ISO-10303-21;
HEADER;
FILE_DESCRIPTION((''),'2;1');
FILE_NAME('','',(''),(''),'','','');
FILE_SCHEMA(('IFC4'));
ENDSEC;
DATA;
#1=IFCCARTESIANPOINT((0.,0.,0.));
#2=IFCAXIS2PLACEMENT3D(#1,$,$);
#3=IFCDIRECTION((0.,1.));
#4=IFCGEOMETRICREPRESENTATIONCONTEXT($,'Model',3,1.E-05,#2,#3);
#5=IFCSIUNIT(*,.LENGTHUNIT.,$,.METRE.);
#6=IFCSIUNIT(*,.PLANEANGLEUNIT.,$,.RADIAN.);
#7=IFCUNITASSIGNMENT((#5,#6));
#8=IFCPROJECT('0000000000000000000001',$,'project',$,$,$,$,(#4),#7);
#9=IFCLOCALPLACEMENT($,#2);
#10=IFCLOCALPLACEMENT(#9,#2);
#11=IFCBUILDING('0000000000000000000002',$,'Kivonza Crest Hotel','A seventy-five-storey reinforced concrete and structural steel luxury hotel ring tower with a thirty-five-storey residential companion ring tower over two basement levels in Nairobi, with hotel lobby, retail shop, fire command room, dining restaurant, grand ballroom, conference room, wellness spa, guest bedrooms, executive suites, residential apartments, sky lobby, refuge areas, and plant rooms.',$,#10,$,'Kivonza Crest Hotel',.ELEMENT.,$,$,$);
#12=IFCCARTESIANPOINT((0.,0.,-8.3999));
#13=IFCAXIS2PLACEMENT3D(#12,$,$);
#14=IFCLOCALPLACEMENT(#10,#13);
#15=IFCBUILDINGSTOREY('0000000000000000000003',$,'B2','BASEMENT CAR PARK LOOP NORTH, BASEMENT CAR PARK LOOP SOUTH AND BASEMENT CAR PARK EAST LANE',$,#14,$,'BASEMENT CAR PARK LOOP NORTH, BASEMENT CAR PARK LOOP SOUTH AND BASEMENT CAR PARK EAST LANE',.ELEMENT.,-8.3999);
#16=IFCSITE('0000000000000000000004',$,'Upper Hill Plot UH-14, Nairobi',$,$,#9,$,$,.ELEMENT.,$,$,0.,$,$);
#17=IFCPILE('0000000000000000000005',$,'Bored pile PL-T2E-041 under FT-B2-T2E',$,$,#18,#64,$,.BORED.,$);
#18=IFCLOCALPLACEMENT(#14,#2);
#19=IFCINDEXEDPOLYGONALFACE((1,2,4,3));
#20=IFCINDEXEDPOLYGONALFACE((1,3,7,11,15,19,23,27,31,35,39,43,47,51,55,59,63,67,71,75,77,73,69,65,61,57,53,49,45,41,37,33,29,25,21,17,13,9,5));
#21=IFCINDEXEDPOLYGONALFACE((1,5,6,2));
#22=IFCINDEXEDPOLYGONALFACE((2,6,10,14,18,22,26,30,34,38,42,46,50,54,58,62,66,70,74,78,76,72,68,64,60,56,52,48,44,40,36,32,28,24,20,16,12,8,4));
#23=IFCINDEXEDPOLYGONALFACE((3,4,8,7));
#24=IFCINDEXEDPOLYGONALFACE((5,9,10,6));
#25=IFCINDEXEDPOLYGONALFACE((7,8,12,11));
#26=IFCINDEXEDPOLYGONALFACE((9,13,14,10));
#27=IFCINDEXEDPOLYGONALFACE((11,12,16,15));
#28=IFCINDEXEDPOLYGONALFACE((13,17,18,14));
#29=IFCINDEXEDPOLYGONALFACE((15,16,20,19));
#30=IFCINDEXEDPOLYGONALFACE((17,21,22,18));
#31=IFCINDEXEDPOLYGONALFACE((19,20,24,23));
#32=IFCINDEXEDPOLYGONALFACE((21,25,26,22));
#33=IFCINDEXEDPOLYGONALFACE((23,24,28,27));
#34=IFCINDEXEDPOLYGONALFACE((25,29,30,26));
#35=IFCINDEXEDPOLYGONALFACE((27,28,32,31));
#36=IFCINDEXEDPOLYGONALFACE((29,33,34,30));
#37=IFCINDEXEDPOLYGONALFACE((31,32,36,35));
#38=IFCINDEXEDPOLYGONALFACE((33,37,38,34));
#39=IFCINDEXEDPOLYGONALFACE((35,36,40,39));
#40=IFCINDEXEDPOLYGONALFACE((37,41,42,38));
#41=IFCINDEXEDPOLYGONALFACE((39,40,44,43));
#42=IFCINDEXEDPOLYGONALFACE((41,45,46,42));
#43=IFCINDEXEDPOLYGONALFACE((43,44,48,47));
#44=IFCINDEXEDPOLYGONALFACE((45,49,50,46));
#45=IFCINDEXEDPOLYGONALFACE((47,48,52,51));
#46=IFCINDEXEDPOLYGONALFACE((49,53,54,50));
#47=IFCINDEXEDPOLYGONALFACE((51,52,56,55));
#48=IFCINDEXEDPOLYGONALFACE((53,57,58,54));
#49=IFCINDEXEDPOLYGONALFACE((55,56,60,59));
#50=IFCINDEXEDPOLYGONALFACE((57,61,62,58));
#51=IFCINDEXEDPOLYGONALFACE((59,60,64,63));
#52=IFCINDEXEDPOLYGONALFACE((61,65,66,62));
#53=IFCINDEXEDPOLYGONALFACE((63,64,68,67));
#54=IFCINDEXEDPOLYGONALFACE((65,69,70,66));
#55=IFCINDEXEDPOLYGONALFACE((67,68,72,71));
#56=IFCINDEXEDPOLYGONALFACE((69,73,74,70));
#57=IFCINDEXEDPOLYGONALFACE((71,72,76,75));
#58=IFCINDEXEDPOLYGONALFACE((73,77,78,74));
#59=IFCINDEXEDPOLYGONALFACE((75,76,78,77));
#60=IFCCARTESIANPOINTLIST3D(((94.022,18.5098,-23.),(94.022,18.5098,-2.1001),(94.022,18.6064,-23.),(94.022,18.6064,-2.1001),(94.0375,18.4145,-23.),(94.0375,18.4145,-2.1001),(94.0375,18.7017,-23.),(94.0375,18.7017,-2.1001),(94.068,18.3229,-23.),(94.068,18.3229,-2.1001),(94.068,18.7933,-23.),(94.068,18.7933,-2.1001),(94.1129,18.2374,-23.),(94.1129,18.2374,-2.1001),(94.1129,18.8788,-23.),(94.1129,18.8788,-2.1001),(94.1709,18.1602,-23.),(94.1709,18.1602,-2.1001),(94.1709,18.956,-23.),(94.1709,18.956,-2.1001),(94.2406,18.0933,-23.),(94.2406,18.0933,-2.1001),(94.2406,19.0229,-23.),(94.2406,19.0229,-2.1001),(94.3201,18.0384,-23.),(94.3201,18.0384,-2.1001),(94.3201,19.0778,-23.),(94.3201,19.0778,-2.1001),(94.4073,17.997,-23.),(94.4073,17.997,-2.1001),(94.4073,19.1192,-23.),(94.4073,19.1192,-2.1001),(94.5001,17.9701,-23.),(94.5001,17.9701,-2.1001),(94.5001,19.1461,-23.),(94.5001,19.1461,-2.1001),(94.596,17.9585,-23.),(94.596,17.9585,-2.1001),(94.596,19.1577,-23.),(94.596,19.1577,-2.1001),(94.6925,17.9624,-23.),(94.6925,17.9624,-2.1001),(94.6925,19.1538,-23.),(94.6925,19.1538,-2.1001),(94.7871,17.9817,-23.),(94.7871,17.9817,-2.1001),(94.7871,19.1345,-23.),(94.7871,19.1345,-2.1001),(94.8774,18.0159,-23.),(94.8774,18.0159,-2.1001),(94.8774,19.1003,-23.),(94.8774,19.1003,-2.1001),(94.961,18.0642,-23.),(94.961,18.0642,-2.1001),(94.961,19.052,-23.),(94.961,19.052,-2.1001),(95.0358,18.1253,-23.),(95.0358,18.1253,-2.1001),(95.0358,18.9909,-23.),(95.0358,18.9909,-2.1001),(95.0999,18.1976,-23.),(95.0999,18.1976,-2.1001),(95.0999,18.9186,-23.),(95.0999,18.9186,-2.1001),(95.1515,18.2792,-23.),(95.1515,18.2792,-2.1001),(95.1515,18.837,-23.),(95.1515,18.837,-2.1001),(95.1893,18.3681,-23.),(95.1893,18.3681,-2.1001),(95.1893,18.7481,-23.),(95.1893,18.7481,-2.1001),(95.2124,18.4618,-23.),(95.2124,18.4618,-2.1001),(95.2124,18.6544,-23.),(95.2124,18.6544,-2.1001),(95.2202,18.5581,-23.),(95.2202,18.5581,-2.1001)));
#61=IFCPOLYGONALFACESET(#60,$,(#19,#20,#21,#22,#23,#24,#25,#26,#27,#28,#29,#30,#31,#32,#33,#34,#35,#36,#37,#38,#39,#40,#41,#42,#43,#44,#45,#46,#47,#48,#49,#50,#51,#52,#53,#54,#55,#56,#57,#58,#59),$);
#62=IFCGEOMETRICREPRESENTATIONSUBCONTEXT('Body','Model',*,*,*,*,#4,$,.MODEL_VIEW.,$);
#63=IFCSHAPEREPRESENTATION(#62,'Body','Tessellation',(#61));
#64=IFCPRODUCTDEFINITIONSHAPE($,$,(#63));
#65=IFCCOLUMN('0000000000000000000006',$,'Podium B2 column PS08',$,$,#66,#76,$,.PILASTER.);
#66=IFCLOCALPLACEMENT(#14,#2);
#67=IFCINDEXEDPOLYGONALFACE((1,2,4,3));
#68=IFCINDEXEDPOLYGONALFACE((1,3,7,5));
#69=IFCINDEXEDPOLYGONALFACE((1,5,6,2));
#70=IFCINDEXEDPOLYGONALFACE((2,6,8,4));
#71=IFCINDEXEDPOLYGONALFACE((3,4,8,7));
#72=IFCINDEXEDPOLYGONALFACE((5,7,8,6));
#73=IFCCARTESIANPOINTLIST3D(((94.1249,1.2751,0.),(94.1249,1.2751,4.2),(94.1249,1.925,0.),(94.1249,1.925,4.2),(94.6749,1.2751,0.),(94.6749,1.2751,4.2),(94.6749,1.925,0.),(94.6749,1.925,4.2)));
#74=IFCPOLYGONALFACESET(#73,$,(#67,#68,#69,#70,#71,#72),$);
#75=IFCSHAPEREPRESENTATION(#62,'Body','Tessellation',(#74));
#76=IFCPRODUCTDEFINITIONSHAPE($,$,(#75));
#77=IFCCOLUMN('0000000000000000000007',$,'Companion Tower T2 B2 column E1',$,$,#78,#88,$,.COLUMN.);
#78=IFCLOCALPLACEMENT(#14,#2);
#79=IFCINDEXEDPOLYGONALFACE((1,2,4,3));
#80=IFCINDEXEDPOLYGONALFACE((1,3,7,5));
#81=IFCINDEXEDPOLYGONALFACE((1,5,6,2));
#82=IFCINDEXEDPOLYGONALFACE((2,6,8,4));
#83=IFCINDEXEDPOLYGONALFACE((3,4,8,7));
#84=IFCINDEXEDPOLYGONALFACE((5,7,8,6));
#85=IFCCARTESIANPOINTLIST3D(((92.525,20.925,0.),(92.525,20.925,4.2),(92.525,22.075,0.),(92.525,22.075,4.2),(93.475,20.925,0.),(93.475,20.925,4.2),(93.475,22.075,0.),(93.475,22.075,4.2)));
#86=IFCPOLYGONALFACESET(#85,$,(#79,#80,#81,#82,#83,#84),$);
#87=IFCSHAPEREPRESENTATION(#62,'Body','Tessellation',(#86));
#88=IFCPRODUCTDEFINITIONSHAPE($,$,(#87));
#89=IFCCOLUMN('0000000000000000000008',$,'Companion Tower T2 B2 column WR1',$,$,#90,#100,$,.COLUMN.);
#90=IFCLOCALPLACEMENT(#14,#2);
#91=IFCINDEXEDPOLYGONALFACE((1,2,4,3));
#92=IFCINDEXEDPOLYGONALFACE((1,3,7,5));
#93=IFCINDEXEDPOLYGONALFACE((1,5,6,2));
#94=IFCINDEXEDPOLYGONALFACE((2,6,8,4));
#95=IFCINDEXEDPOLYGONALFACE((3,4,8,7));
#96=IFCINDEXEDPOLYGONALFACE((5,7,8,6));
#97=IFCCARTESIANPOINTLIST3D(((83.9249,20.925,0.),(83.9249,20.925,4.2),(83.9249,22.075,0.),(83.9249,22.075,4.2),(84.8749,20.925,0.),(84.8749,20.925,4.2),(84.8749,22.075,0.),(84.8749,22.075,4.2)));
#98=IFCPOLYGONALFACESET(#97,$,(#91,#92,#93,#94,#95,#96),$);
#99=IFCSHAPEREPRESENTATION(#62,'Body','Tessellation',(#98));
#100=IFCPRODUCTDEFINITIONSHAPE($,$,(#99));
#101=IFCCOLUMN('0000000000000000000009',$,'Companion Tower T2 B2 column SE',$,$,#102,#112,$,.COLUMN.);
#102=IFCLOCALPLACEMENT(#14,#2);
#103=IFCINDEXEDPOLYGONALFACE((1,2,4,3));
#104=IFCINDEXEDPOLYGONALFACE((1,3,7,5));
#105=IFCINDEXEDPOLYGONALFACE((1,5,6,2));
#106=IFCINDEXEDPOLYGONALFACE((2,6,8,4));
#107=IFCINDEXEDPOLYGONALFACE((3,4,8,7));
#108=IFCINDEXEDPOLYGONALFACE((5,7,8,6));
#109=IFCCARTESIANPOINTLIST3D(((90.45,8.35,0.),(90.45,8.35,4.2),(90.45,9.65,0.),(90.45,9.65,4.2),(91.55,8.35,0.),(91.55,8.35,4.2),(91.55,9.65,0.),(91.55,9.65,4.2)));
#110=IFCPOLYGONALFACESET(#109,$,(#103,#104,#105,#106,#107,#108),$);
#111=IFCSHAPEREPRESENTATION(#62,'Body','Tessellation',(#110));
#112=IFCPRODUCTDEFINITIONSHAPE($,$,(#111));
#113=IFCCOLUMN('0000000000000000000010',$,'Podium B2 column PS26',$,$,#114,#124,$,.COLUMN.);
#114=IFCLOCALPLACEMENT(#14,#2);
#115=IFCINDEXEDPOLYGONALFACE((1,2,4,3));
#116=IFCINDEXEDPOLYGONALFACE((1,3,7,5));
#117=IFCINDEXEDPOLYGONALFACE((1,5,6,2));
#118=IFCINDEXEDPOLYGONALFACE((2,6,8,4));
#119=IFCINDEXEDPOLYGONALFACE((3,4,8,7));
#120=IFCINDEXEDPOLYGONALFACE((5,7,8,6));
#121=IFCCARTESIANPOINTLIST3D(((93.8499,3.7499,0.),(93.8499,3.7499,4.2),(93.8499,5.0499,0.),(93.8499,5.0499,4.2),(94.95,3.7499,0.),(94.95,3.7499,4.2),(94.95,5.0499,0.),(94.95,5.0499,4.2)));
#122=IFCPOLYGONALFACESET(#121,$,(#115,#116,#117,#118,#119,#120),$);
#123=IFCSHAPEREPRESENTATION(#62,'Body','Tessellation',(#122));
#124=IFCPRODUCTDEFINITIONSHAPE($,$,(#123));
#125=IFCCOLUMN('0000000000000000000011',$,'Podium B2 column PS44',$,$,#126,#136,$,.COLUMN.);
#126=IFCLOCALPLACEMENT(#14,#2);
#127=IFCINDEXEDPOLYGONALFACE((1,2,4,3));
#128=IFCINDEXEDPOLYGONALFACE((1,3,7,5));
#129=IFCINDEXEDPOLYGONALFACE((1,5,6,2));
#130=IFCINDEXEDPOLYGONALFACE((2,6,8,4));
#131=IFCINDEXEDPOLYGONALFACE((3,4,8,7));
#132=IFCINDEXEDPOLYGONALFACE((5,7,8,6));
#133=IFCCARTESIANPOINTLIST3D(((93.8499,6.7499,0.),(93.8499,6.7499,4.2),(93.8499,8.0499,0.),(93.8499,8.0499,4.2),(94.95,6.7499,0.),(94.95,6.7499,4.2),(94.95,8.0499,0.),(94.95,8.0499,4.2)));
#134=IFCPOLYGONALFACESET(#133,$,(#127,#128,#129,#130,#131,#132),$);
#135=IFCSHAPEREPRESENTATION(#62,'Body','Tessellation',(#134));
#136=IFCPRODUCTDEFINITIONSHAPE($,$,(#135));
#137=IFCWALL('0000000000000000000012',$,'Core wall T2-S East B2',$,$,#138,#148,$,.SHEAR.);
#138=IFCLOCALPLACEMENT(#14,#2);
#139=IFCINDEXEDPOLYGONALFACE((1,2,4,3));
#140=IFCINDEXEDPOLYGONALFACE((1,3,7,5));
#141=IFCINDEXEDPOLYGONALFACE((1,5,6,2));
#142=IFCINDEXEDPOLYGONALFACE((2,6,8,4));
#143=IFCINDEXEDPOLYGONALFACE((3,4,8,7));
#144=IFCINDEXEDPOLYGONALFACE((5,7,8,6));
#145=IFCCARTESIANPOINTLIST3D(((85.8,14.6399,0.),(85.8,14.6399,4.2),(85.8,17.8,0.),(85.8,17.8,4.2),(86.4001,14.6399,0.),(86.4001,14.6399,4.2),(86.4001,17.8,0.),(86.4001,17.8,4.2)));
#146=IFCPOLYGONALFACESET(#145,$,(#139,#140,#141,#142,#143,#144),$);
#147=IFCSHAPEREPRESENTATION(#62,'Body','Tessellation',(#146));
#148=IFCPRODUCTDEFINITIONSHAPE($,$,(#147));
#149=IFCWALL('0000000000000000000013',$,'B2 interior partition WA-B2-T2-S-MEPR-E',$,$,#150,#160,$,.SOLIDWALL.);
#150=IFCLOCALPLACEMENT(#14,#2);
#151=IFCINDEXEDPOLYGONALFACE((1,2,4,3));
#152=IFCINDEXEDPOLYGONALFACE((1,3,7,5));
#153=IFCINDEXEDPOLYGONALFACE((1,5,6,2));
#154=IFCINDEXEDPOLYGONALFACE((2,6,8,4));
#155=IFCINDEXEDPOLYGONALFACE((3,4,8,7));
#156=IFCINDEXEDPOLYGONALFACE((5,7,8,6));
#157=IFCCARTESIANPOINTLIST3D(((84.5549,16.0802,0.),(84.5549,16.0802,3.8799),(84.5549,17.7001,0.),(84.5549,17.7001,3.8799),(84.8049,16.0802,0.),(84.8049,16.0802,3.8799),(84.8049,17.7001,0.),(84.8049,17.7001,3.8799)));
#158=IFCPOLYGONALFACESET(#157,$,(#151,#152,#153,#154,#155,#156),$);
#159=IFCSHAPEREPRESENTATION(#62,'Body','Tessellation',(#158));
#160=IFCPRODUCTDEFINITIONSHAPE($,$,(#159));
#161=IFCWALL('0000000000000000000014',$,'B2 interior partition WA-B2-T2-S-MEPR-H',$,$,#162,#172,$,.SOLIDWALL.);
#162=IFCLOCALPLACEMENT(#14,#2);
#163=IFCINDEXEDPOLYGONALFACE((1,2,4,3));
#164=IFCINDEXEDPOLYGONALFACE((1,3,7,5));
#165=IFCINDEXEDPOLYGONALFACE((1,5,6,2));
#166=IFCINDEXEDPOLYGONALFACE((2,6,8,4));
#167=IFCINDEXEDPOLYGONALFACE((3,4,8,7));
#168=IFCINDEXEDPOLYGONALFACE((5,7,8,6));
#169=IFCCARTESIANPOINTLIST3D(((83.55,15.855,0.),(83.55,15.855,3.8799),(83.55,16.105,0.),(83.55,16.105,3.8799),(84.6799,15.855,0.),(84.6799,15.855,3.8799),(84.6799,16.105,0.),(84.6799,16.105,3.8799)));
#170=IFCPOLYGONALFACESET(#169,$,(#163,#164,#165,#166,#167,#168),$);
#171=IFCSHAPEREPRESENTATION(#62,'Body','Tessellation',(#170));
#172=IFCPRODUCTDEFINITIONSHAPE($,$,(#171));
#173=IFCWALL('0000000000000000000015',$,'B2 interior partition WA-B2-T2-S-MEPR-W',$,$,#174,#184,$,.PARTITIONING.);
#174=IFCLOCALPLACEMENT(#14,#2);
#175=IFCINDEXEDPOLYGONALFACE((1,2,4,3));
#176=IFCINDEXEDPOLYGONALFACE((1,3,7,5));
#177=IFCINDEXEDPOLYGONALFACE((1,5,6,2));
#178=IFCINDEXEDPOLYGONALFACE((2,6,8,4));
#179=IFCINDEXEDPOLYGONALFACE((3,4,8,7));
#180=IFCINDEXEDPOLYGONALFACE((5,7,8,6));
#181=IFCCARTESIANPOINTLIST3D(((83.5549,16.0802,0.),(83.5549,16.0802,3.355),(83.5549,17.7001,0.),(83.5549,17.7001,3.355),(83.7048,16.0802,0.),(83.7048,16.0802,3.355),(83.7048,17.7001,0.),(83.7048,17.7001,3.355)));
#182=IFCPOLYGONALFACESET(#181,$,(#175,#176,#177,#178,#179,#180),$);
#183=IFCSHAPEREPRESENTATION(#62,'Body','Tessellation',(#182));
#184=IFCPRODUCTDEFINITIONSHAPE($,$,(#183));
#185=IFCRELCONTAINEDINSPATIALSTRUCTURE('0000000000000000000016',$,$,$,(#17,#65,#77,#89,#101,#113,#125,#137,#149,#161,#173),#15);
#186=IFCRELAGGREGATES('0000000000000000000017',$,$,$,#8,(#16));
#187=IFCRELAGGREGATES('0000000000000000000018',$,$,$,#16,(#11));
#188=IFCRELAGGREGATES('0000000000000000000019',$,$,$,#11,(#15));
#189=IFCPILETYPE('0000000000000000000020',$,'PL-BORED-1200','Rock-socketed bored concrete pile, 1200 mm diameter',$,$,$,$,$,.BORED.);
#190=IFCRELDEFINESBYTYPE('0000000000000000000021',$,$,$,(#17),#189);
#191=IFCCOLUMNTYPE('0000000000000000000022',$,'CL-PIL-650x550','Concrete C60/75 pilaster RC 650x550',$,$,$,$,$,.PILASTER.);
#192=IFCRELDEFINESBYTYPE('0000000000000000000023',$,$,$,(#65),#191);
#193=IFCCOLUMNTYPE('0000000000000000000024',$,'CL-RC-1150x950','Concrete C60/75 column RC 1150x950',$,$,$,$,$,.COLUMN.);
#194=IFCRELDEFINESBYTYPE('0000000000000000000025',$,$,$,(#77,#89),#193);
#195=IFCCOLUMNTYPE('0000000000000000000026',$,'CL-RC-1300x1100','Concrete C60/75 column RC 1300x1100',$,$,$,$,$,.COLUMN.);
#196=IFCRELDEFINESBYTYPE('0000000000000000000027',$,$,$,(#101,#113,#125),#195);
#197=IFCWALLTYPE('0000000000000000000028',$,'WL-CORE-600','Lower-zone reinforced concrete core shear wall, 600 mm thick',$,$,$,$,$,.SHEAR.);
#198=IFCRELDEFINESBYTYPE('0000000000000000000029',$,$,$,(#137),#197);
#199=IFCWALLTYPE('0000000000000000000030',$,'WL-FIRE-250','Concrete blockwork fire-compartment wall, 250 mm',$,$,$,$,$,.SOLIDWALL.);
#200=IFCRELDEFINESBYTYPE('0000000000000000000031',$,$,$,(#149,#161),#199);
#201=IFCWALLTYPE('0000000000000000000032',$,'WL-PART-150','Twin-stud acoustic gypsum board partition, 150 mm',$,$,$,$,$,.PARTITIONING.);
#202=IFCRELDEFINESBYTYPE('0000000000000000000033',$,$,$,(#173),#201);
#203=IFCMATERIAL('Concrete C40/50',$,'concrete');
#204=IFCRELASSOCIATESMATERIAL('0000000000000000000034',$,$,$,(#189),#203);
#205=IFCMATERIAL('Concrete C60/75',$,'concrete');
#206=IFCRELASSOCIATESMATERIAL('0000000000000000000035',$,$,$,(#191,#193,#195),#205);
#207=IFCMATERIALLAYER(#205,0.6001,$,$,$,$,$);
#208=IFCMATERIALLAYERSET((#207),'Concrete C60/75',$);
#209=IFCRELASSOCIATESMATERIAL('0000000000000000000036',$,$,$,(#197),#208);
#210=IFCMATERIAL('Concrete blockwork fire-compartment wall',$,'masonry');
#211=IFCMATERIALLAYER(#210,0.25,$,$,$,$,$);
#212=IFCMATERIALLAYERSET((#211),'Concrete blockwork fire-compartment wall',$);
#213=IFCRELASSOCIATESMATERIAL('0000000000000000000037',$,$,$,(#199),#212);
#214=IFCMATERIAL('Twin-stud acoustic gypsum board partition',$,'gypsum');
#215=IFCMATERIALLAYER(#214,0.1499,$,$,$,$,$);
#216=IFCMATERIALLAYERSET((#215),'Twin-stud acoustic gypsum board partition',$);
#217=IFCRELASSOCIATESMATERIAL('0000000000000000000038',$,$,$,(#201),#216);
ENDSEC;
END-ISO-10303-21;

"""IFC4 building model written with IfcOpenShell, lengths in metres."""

from ifc_helpers import new_model, si_unit, direction, frame, frame_2d, origin, origin_2d, place, context, subcontext, project, spatial, rectangle, circle, extrude, material, layer, layer_set, material_profile, profile_set, type_object, element, save


model = new_model("IFC4")

# Units and contexts
model_context = context("Model", 3, precision=1e-05, world=origin(), true_north=direction((0.0, 1.0)))
body_context = subcontext(model_context, "Body", "Model", "MODEL_VIEW")
ifc_project = project(units=[si_unit("LENGTHUNIT", "METRE"), si_unit("PLANEANGLEUNIT", "RADIAN")], contexts=[model_context])

# Site, building, storey
site_placement = place(None, origin())
site = spatial("IfcSite", under=ifc_project, at=site_placement, Name="Upper Hill Plot UH-14, Nairobi", CompositionType="ELEMENT", RefElevation=0.0)
building_placement = place(site_placement, origin())
building = spatial("IfcBuilding", under=site, at=building_placement, Name="Kivonza Crest Hotel", Description="A seventy-five-storey reinforced concrete and structural steel luxury hotel ring tower with a thirty-five-storey residential companion ring tower over two basement levels in Nairobi, with hotel lobby, retail shop, fire command room, dining restaurant, grand ballroom, conference room, wellness spa, guest bedrooms, executive suites, residential apartments, sky lobby, refuge areas, and plant rooms.", LongName="Kivonza Crest Hotel", CompositionType="ELEMENT")
storey_placement = place(building_placement, frame((0.0, 0.0, -8.3999)))
storey = spatial("IfcBuildingStorey", under=building, at=storey_placement, Name="B2", Description="BASEMENT CAR PARK LOOP NORTH, BASEMENT CAR PARK LOOP SOUTH AND BASEMENT CAR PARK EAST LANE", LongName="BASEMENT CAR PARK LOOP NORTH, BASEMENT CAR PARK LOOP SOUTH AND BASEMENT CAR PARK EAST LANE", CompositionType="ELEMENT", Elevation=-8.3999)

# Pile
ifc_material_1 = material(Name="Concrete C40/50", Category="concrete")
ifc_material_profile_1 = material_profile(ifc_material_1, circle(Radius=0.6001, at=origin_2d()), Name="PILE D1200")
ifc_profile_set_1 = profile_set([ifc_material_profile_1], Name="Concrete C40/50")
pile_type = type_object("IfcPileType", Name="PL-BORED-1200", Description="Rock-socketed bored concrete pile, 1200 mm diameter", PredefinedType="BORED", material=ifc_profile_set_1)
for number, where, z_axis, x_axis, name in (
    (1, (94.6201, 18.5581, -2.1001), (0.0, 0.0, -1.0), (1.0, 0.0, 0.0), "Bored pile PL-T2E-041 under FT-B2-T2E"),
):
    element("IfcPile", number, at=place(storey_placement, frame(where, z_axis=z_axis, x_axis=x_axis)), inside=storey, type_object=pile_type, Name=name, PredefinedType="BORED", context=body_context, shape_type="SweptSolid", body=[
        extrude(circle(Radius=0.6001, at=origin_2d()), origin(), (0.0, 0.0, 1.0), 20.8999),
    ])

# Columns
ifc_material_2 = material(Name="Concrete C60/75", Category="concrete")
ifc_material_profile_2 = material_profile(ifc_material_2, rectangle(XDim=0.55, YDim=0.6499, at=origin_2d()), Name="RC 650x550")
ifc_profile_set_2 = profile_set([ifc_material_profile_2], Name="Concrete C60/75")
column_type_1 = type_object("IfcColumnType", Name="CL-PIL-650x550", Description="Concrete C60/75 pilaster RC 650x550", PredefinedType="PILASTER", material=ifc_profile_set_2)
column_placement = place(storey_placement, frame((94.3999, 1.6001, 0.0), z_axis=(0.0, 0.0, 1.0), x_axis=(1.0, 0.0, 0.0)))
element("IfcColumn", 2, at=column_placement, inside=storey, type_object=column_type_1, Name="Podium B2 column PS08", PredefinedType="PILASTER", context=body_context, shape_type="SweptSolid", body=[
    extrude(rectangle(XDim=0.55, YDim=0.6499, at=origin_2d()), origin(), (0.0, 0.0, 1.0), 4.2),
])
ifc_material_profile_3 = material_profile(ifc_material_2, rectangle(XDim=0.95, YDim=1.1499, at=origin_2d()), Name="RC 1150x950")
ifc_profile_set_3 = profile_set([ifc_material_profile_3], Name="Concrete C60/75")
column_type_2 = type_object("IfcColumnType", Name="CL-RC-1150x950", Description="Concrete C60/75 column RC 1150x950", PredefinedType="COLUMN", material=ifc_profile_set_3)
for number, where, z_axis, x_axis, name in (
    (3, (93.0, 21.5, 0.0), (0.0, 0.0, 1.0), (1.0, 0.0, 0.0), "Companion Tower T2 B2 column E1"),
    (4, (84.3999, 21.5, 0.0), (0.0, 0.0, 1.0), (1.0, 0.0, 0.0), "Companion Tower T2 B2 column WR1"),
):
    element("IfcColumn", number, at=place(storey_placement, frame(where, z_axis=z_axis, x_axis=x_axis)), inside=storey, type_object=column_type_2, Name=name, PredefinedType="COLUMN", context=body_context, shape_type="SweptSolid", body=[
        extrude(rectangle(XDim=0.95, YDim=1.1499, at=origin_2d()), origin(), (0.0, 0.0, 1.0), 4.2),
    ])
ifc_material_profile_4 = material_profile(ifc_material_2, rectangle(XDim=1.1001, YDim=1.3, at=origin_2d()), Name="RC 1300x1100")
ifc_profile_set_4 = profile_set([ifc_material_profile_4], Name="Concrete C60/75")
column_type_3 = type_object("IfcColumnType", Name="CL-RC-1300x1100", Description="Concrete C60/75 column RC 1300x1100", PredefinedType="COLUMN", material=ifc_profile_set_4)
for number, where, z_axis, x_axis, name in (
    (5, (91.0, 9.0, 0.0), (0.0, 0.0, 1.0), (1.0, 0.0, 0.0), "Companion Tower T2 B2 column SE"),
    (6, (94.3999, 4.3999, 0.0), (0.0, 0.0, 1.0), (1.0, 0.0, 0.0), "Podium B2 column PS26"),
    (7, (94.3999, 7.3999, 0.0), (0.0, 0.0, 1.0), (1.0, 0.0, 0.0), "Podium B2 column PS44"),
):
    element("IfcColumn", number, at=place(storey_placement, frame(where, z_axis=z_axis, x_axis=x_axis)), inside=storey, type_object=column_type_3, Name=name, PredefinedType="COLUMN", context=body_context, shape_type="SweptSolid", body=[
        extrude(rectangle(XDim=1.1001, YDim=1.3, at=origin_2d()), origin(), (0.0, 0.0, 1.0), 4.2),
    ])

# Walls
ifc_layer_1 = layer(ifc_material_2, 0.6001)
ifc_layer_set_1 = layer_set([ifc_layer_1], Name="Concrete C60/75")
wall_type_1 = type_object("IfcWallType", Name="WL-CORE-600", Description="Lower-zone reinforced concrete core shear wall, 600 mm thick", PredefinedType="SHEAR", material=ifc_layer_set_1)
wall_1_placement = place(storey_placement, frame((86.1001, 14.6399, 0.0), z_axis=(0.0, 0.0, 1.0), x_axis=(0.0, 1.0, 0.0)))
element("IfcWall", 8, at=wall_1_placement, inside=storey, type_object=wall_type_1, Name="Core wall T2-S East B2", PredefinedType="SHEAR", context=body_context, shape_type="SweptSolid", body=[
    extrude(rectangle(XDim=3.1602, YDim=0.6001, at=frame_2d((1.5801, 0.0))), origin(), (0.0, 0.0, 1.0), 4.2),
])
ifc_material_3 = material(Name="Concrete blockwork fire-compartment wall", Category="masonry")
ifc_layer_2 = layer(ifc_material_3, 0.25)
ifc_layer_set_2 = layer_set([ifc_layer_2], Name="Concrete blockwork fire-compartment wall")
wall_type_2 = type_object("IfcWallType", Name="WL-FIRE-250", Description="Concrete blockwork fire-compartment wall, 250 mm", PredefinedType="SOLIDWALL", material=ifc_layer_set_2)
wall_2_placement = place(storey_placement, frame((84.6799, 16.0801, 0.0), z_axis=(0.0, 0.0, 1.0), x_axis=(0.0, 1.0, 0.0)))
element("IfcWall", 9, at=wall_2_placement, inside=storey, type_object=wall_type_2, Name="B2 interior partition WA-B2-T2-S-MEPR-E", PredefinedType="SOLIDWALL", context=body_context, shape_type="SweptSolid", body=[
    extrude(rectangle(XDim=1.6199, YDim=0.25, at=frame_2d((0.8101, 0.0))), origin(), (0.0, 0.0, 1.0), 3.8799),
])
wall_3_placement = place(storey_placement, frame((83.55, 15.98, 0.0), z_axis=(0.0, 0.0, 1.0), x_axis=(1.0, 0.0, 0.0)))
element("IfcWall", 10, at=wall_3_placement, inside=storey, type_object=wall_type_2, Name="B2 interior partition WA-B2-T2-S-MEPR-H", PredefinedType="SOLIDWALL", context=body_context, shape_type="SweptSolid", body=[
    extrude(rectangle(XDim=1.1299, YDim=0.25, at=frame_2d((0.5649, 0.0))), origin(), (0.0, 0.0, 1.0), 3.8799),
])
ifc_material_4 = material(Name="Twin-stud acoustic gypsum board partition", Category="gypsum")
ifc_layer_3 = layer(ifc_material_4, 0.1499)
ifc_layer_set_3 = layer_set([ifc_layer_3], Name="Twin-stud acoustic gypsum board partition")
wall_type_3 = type_object("IfcWallType", Name="WL-PART-150", Description="Twin-stud acoustic gypsum board partition, 150 mm", PredefinedType="PARTITIONING", material=ifc_layer_set_3)
wall_4_placement = place(storey_placement, frame((83.6299, 16.0801, 0.0), z_axis=(0.0, 0.0, 1.0), x_axis=(0.0, 1.0, 0.0)))
element("IfcWall", 11, at=wall_4_placement, inside=storey, type_object=wall_type_3, Name="B2 interior partition WA-B2-T2-S-MEPR-W", PredefinedType="PARTITIONING", context=body_context, shape_type="SweptSolid", body=[
    extrude(rectangle(XDim=1.6199, YDim=0.1499, at=frame_2d((0.8101, 0.0))), origin(), (0.0, 0.0, 1.0), 3.355),
])

save(model, "model.ifc")
